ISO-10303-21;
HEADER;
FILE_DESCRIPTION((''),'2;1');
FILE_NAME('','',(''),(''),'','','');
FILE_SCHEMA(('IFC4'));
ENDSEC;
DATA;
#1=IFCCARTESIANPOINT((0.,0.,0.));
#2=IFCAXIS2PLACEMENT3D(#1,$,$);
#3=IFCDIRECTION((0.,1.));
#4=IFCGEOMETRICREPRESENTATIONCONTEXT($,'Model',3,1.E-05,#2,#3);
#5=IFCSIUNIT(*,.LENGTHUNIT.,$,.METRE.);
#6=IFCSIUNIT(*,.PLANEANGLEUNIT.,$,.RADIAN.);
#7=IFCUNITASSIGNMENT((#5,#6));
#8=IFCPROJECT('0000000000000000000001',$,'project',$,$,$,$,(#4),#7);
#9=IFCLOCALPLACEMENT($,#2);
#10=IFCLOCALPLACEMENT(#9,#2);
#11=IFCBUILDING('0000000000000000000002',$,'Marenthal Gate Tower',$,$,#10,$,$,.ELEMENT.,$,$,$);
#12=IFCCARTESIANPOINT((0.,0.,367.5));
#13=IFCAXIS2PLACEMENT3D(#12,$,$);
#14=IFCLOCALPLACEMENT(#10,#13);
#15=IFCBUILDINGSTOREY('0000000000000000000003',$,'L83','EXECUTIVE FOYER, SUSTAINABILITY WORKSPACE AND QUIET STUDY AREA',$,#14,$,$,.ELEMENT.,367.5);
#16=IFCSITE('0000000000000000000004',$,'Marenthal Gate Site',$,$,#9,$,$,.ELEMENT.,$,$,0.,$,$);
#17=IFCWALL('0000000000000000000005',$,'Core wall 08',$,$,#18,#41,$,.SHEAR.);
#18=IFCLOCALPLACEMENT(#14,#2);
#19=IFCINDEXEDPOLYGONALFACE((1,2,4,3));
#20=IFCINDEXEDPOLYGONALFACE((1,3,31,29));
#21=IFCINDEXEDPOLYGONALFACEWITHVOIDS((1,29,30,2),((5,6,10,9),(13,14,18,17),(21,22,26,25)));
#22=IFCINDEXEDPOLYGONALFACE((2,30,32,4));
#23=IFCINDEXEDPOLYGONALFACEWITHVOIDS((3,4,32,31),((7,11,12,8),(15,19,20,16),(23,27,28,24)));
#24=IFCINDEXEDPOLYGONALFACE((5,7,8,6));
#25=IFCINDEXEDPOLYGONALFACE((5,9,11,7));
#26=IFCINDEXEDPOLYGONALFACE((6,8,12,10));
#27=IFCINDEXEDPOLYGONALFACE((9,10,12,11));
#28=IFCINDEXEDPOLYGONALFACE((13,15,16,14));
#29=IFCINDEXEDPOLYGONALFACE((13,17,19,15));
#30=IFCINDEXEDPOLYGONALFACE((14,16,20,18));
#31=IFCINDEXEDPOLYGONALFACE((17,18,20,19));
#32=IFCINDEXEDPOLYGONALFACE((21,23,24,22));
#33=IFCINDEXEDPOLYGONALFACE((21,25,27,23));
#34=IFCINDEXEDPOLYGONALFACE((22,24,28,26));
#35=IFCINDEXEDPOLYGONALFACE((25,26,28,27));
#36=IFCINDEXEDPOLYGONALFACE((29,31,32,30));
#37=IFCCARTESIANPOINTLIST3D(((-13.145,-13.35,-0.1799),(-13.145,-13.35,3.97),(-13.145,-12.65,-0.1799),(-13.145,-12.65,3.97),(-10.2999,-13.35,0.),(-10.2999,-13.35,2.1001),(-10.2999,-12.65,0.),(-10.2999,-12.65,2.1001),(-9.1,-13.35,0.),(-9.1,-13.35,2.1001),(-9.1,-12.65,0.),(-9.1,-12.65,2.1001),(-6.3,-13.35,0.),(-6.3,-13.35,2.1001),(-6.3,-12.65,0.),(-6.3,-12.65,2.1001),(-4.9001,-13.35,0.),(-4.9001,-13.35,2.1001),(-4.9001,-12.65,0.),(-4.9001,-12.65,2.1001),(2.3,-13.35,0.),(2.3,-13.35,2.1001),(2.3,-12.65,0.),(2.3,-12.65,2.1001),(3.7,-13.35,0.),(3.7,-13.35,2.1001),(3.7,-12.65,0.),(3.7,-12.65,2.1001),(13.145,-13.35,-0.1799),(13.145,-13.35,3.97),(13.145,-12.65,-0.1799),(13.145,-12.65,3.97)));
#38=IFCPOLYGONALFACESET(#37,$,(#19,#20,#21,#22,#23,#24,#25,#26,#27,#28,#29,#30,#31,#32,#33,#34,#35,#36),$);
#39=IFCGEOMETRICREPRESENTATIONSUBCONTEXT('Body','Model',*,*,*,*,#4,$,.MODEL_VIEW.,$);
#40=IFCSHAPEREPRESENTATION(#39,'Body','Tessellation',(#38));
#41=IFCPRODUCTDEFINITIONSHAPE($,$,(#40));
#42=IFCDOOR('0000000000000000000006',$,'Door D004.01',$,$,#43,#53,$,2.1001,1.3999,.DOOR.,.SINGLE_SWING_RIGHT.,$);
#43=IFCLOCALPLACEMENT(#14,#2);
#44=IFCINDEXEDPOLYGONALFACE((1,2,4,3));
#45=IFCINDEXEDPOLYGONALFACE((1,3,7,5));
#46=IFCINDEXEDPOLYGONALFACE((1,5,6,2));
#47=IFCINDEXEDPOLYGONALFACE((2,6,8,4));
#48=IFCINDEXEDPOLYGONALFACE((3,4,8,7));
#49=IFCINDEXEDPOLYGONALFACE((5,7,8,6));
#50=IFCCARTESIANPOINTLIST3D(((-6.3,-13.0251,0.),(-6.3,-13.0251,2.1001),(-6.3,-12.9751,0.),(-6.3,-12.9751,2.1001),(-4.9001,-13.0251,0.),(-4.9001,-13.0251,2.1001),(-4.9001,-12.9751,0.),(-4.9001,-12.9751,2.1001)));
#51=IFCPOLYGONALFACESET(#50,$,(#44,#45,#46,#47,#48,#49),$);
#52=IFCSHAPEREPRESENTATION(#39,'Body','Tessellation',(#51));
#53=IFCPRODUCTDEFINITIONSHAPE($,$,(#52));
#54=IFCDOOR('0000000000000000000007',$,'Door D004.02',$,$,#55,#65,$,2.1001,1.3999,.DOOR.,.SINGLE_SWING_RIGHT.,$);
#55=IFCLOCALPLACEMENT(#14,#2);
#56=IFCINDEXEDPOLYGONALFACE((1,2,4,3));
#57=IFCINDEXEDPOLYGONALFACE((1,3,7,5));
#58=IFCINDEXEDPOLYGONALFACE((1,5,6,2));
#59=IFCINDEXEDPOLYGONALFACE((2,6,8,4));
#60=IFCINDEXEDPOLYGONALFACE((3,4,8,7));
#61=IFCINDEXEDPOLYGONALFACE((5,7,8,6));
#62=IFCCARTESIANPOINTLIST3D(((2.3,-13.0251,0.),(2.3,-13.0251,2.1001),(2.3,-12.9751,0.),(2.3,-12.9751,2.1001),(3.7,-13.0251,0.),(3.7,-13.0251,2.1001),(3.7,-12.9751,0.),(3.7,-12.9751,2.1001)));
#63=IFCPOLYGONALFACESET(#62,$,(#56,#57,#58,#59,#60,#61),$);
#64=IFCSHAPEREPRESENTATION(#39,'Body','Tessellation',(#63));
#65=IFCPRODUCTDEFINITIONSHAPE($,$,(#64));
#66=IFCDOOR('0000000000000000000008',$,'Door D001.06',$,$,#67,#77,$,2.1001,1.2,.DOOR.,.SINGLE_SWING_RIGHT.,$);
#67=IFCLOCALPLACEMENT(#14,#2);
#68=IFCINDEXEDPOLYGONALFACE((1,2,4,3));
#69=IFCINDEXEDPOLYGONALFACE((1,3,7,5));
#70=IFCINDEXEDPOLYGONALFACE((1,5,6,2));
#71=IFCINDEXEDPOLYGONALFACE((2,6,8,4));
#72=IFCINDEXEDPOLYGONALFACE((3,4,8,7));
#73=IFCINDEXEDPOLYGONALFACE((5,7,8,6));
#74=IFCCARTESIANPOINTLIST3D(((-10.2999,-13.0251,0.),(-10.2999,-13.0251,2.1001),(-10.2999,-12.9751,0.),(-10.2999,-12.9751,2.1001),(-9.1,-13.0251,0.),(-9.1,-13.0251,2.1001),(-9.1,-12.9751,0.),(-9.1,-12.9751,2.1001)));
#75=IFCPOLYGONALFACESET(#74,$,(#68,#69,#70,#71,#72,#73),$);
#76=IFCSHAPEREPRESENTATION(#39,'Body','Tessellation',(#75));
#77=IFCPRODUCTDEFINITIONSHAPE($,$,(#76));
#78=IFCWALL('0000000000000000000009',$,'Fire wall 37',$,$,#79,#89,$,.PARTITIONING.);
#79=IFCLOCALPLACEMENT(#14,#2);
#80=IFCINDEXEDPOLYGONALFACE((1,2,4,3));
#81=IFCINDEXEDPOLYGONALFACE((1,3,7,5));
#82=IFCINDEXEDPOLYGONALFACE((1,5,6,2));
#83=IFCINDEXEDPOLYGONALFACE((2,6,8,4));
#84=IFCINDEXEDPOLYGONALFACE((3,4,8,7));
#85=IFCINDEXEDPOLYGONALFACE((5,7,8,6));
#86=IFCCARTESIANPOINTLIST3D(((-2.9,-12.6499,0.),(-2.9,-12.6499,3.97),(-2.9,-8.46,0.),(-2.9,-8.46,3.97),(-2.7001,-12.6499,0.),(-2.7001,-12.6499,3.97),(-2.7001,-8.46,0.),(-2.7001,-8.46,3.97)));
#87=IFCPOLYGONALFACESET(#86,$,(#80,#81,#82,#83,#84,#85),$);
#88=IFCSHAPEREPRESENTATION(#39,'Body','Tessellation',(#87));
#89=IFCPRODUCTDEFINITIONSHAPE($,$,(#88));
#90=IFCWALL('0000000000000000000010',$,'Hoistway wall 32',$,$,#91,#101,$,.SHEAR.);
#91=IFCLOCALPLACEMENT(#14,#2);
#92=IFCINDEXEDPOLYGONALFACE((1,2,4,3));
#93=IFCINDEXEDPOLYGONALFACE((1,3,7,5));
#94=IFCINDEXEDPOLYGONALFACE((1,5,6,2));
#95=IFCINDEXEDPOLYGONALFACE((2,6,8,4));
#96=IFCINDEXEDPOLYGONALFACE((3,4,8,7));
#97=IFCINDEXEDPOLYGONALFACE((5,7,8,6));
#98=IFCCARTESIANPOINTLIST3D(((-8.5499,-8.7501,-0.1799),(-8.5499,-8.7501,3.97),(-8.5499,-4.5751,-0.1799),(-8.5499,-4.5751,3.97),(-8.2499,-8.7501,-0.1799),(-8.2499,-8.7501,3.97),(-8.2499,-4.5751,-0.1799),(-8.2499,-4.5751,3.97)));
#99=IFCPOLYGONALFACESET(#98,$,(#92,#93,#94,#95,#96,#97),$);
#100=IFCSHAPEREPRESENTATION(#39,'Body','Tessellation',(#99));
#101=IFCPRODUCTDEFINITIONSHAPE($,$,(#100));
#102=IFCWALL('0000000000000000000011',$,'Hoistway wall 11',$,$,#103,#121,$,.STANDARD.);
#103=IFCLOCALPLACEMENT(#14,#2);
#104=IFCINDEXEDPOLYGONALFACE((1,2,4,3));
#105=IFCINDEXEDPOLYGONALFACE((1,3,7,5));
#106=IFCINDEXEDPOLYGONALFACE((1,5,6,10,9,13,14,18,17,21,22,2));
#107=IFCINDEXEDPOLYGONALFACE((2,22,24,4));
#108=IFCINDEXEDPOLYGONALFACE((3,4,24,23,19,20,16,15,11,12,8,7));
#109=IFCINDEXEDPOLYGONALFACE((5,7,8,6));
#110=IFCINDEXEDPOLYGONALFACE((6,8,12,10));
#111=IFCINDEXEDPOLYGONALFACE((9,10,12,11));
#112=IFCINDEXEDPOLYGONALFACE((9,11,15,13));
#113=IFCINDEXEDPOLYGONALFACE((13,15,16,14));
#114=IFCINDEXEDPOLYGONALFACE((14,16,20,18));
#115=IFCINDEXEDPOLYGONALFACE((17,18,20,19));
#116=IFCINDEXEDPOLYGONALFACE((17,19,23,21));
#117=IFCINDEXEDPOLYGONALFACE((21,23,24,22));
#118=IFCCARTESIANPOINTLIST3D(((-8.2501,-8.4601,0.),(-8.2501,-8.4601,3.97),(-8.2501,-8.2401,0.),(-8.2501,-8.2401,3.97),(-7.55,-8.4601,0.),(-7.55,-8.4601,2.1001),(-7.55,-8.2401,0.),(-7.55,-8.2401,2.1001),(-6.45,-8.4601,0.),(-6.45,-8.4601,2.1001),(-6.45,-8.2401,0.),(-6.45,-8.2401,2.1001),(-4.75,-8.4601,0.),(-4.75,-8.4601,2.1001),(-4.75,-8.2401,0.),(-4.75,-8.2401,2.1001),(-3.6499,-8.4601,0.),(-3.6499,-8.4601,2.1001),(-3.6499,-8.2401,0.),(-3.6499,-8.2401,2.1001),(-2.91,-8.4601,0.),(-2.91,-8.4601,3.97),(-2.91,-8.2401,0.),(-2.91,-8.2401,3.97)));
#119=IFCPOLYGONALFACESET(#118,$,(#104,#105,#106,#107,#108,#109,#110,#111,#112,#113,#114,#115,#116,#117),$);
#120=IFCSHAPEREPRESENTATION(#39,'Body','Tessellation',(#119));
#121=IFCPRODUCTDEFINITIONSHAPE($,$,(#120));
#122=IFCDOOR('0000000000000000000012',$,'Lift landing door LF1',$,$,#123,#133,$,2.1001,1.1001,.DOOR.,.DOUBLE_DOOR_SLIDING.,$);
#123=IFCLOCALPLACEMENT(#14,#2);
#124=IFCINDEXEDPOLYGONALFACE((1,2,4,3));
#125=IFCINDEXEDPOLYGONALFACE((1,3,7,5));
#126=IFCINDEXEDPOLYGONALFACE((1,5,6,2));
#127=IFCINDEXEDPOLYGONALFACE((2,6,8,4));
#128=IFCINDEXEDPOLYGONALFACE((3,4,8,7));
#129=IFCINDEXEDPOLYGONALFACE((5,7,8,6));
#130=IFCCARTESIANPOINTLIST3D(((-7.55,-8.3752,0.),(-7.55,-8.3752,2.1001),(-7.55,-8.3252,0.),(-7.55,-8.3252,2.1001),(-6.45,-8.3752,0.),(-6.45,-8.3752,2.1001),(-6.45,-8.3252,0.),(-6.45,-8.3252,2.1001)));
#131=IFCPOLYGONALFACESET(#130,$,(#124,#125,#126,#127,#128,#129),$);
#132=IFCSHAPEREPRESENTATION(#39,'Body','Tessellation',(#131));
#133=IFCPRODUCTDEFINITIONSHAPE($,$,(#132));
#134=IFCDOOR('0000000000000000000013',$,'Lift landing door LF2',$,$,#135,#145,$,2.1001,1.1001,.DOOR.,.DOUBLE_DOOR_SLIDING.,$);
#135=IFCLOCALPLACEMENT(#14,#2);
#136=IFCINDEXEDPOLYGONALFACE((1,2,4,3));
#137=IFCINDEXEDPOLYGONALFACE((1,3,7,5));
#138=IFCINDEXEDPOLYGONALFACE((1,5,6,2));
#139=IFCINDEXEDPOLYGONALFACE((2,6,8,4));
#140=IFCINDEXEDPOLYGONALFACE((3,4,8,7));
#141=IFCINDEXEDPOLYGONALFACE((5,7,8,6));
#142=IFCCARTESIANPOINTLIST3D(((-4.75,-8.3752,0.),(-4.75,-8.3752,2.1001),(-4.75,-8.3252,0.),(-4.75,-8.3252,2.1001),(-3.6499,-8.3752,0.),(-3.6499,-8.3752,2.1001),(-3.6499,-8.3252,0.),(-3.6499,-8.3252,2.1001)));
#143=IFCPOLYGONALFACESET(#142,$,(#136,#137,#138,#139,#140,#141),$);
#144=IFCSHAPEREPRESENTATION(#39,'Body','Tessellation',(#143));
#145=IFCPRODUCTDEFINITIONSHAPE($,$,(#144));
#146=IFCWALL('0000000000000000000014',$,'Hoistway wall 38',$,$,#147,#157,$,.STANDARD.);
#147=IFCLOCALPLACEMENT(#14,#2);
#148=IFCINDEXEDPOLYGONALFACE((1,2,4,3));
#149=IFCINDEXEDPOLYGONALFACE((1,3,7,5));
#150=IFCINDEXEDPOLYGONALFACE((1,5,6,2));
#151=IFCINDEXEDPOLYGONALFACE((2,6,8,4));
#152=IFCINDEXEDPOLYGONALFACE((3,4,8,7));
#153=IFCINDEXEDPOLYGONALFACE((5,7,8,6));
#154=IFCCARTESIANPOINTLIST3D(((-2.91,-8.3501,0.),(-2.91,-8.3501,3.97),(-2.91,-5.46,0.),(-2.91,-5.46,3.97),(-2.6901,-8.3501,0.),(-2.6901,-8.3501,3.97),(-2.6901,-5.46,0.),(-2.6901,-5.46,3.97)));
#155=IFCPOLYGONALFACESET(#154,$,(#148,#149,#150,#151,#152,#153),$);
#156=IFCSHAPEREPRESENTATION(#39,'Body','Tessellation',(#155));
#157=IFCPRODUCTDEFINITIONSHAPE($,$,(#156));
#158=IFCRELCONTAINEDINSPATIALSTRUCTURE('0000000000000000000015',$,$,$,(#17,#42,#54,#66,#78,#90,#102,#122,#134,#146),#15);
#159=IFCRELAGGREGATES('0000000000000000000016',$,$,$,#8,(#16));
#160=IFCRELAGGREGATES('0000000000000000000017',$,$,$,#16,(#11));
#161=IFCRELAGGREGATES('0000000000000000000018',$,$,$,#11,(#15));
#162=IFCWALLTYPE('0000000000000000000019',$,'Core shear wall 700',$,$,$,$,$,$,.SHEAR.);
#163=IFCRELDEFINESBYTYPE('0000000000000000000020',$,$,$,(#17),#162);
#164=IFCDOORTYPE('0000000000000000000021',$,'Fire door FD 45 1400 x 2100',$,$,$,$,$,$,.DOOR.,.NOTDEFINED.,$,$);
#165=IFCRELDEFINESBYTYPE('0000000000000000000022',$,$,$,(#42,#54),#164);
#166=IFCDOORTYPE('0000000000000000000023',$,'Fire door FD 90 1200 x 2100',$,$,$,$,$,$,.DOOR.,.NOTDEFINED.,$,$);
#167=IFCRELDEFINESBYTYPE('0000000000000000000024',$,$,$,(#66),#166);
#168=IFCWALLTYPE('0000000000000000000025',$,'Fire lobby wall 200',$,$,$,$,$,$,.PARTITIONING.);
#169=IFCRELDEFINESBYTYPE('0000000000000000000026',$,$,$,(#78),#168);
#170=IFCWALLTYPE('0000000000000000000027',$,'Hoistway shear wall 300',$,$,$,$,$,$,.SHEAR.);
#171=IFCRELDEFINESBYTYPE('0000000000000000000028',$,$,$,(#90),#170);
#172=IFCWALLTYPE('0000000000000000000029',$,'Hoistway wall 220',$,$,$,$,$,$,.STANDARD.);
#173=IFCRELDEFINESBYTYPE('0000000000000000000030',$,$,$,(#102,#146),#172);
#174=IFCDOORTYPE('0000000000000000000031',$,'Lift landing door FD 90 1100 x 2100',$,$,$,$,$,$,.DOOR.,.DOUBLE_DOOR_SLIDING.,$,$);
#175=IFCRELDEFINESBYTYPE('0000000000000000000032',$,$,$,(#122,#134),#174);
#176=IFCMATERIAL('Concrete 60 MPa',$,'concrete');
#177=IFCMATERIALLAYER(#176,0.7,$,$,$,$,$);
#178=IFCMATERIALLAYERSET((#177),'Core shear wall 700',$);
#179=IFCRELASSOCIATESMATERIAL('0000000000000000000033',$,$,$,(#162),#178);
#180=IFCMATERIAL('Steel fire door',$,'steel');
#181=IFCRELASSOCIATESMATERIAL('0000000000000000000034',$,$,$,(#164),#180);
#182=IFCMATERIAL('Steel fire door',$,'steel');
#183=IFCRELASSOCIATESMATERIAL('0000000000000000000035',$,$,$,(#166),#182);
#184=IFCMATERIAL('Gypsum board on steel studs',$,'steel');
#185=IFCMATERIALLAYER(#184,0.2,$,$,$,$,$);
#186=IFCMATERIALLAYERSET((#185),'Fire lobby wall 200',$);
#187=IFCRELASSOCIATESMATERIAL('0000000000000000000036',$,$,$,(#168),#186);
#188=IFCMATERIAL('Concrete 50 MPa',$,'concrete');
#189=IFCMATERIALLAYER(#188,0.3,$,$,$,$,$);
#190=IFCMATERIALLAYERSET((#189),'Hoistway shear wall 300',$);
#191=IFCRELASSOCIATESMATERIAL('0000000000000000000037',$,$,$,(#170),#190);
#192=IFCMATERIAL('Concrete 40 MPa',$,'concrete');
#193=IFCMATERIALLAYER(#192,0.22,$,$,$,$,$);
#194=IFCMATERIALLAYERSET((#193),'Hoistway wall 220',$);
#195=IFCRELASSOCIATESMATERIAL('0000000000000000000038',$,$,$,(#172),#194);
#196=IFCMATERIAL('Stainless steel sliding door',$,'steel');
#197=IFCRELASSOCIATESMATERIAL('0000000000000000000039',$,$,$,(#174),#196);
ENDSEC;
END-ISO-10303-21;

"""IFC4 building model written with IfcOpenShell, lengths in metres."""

from ifc_helpers import new_model, si_unit, direction, frame, frame_2d, origin, place, context, subcontext, project, spatial, rectangle, extrude, material, layer, layer_set, type_object, element, fill, save


model = new_model("IFC4")

# Units and contexts
model_context = context("Model", 3, precision=1e-05, world=origin(), true_north=direction((0.0, 1.0)))
body_context = subcontext(model_context, "Body", "Model", "MODEL_VIEW")
ifc_project = project(units=[si_unit("LENGTHUNIT", "METRE"), si_unit("PLANEANGLEUNIT", "RADIAN")], contexts=[model_context])

# Site, building, storey
site_placement = place(None, origin())
site = spatial("IfcSite", under=ifc_project, at=site_placement, Name="Marenthal Gate Site", CompositionType="ELEMENT", RefElevation=0.0)
building_placement = place(site_placement, origin())
building = spatial("IfcBuilding", under=site, at=building_placement, Name="Marenthal Gate Tower", CompositionType="ELEMENT")
storey_placement = place(building_placement, frame((0.0, 0.0, 367.5)))
storey = spatial("IfcBuildingStorey", under=building, at=storey_placement, Name="L83", Description="EXECUTIVE FOYER, SUSTAINABILITY WORKSPACE AND QUIET STUDY AREA", CompositionType="ELEMENT", Elevation=367.5)

# Wall, openings, doors
ifc_material_1 = material(Name="Concrete 60 MPa", Category="concrete")
ifc_layer_1 = layer(ifc_material_1, 0.7)
ifc_layer_set_1 = layer_set([ifc_layer_1], Name="Core shear wall 700")
wall_type_1 = type_object("IfcWallType", Name="Core shear wall 700", PredefinedType="SHEAR", material=ifc_layer_set_1)
wall_1_placement = place(storey_placement, frame((-13.145, -13.0, -0.1799), z_axis=(0.0, 0.0, 1.0), x_axis=(1.0, 0.0, 0.0)))
wall_1 = element("IfcWall", 1, at=wall_1_placement, inside=storey, type_object=wall_type_1, Name="Core wall 08", PredefinedType="SHEAR", context=body_context, shape_type="SweptSolid", body=[
    extrude(rectangle(XDim=26.29, YDim=0.7, at=frame_2d((13.145, 0.0))), origin(), (0.0, 0.0, 1.0), 4.1499),
])
opening_1_placement = place(wall_1_placement, frame((2.845, 0.0, 0.1799)))
opening_1 = element("IfcOpeningElement", 2, at=opening_1_placement, cuts=wall_1, PredefinedType="OPENING", context=body_context, shape_type="SweptSolid", body=[
    extrude(rectangle(XDim=1.2, YDim=2.1001, at=frame_2d((0.6001, 1.05))), frame((0.0, 0.3599, 0.0), z_axis=(0.0, -1.0, 0.0), x_axis=(1.0, 0.0, 0.0)), (0.0, 0.0, 1.0), 0.72),
])
opening_2_placement = place(wall_1_placement, frame((6.845, 0.0, 0.1799)))
opening_2 = element("IfcOpeningElement", 3, at=opening_2_placement, cuts=wall_1, PredefinedType="OPENING", context=body_context, shape_type="SweptSolid", body=[
    extrude(rectangle(XDim=1.3999, YDim=2.1001, at=frame_2d((0.7, 1.05))), frame((0.0, 0.3599, 0.0), z_axis=(0.0, -1.0, 0.0), x_axis=(1.0, 0.0, 0.0)), (0.0, 0.0, 1.0), 0.72),
])
opening_3_placement = place(wall_1_placement, frame((15.4451, 0.0, 0.1799)))
opening_3 = element("IfcOpeningElement", 4, at=opening_3_placement, cuts=wall_1, PredefinedType="OPENING", context=body_context, shape_type="SweptSolid", body=[
    extrude(rectangle(XDim=1.3999, YDim=2.1001, at=frame_2d((0.7, 1.05))), frame((0.0, 0.3599, 0.0), z_axis=(0.0, -1.0, 0.0), x_axis=(1.0, 0.0, 0.0)), (0.0, 0.0, 1.0), 0.72),
])
ifc_material_2 = material(Name="Steel fire door", Category="steel")
door_type_1 = type_object("IfcDoorType", Name="Fire door FD 45 1400 x 2100", OperationType="NOTDEFINED", PredefinedType="DOOR", material=ifc_material_2)
door_1_placement = place(opening_2_placement, origin())
door_1 = element("IfcDoor", 5, at=door_1_placement, inside=storey, type_object=door_type_1, Name="Door D004.01", OperationType="SINGLE_SWING_RIGHT", OverallHeight=2.1001, OverallWidth=1.3999, PredefinedType="DOOR", context=body_context, shape_type="SweptSolid", body=[
    extrude(rectangle(XDim=1.3999, YDim=2.1001, at=frame_2d((0.7, 1.05))), frame((0.0, 0.0249, 0.0), z_axis=(0.0, -1.0, 0.0), x_axis=(1.0, 0.0, 0.0)), (0.0, 0.0, 1.0), 0.05),
])
fill(opening_2, door_1)
door_2_placement = place(opening_3_placement, origin())
door_2 = element("IfcDoor", 6, at=door_2_placement, inside=storey, type_object=door_type_1, Name="Door D004.02", OperationType="SINGLE_SWING_RIGHT", OverallHeight=2.1001, OverallWidth=1.3999, PredefinedType="DOOR", context=body_context, shape_type="SweptSolid", body=[
    extrude(rectangle(XDim=1.3999, YDim=2.1001, at=frame_2d((0.7, 1.05))), frame((0.0, 0.0249, 0.0), z_axis=(0.0, -1.0, 0.0), x_axis=(1.0, 0.0, 0.0)), (0.0, 0.0, 1.0), 0.05),
])
fill(opening_3, door_2)
ifc_material_3 = material(Name="Steel fire door", Category="steel")
door_type_2 = type_object("IfcDoorType", Name="Fire door FD 90 1200 x 2100", OperationType="NOTDEFINED", PredefinedType="DOOR", material=ifc_material_3)
door_3_placement = place(opening_1_placement, origin())
door_3 = element("IfcDoor", 7, at=door_3_placement, inside=storey, type_object=door_type_2, Name="Door D001.06", OperationType="SINGLE_SWING_RIGHT", OverallHeight=2.1001, OverallWidth=1.2, PredefinedType="DOOR", context=body_context, shape_type="SweptSolid", body=[
    extrude(rectangle(XDim=1.2, YDim=2.1001, at=frame_2d((0.6001, 1.05))), frame((0.0, 0.0249, 0.0), z_axis=(0.0, -1.0, 0.0), x_axis=(1.0, 0.0, 0.0)), (0.0, 0.0, 1.0), 0.05),
])
fill(opening_1, door_3)

# Walls
ifc_material_4 = material(Name="Gypsum board on steel studs", Category="steel")
ifc_layer_2 = layer(ifc_material_4, 0.2)
ifc_layer_set_2 = layer_set([ifc_layer_2], Name="Fire lobby wall 200")
wall_type_2 = type_object("IfcWallType", Name="Fire lobby wall 200", PredefinedType="PARTITIONING", material=ifc_layer_set_2)
wall_2_placement = place(storey_placement, frame((-2.8, -12.6499, 0.0), z_axis=(0.0, 0.0, 1.0), x_axis=(0.0, 1.0, 0.0)))
element("IfcWall", 8, at=wall_2_placement, inside=storey, type_object=wall_type_2, Name="Fire wall 37", PredefinedType="PARTITIONING", context=body_context, shape_type="SweptSolid", body=[
    extrude(rectangle(XDim=4.1899, YDim=0.2, at=frame_2d((2.095, 0.0))), origin(), (0.0, 0.0, 1.0), 3.97),
])
ifc_material_5 = material(Name="Concrete 50 MPa", Category="concrete")
ifc_layer_3 = layer(ifc_material_5, 0.3)
ifc_layer_set_3 = layer_set([ifc_layer_3], Name="Hoistway shear wall 300")
wall_type_3 = type_object("IfcWallType", Name="Hoistway shear wall 300", PredefinedType="SHEAR", material=ifc_layer_set_3)
wall_3_placement = place(storey_placement, frame((-8.3999, -8.75, -0.1799), z_axis=(0.0, 0.0, 1.0), x_axis=(0.0, 1.0, 0.0)))
element("IfcWall", 9, at=wall_3_placement, inside=storey, type_object=wall_type_3, Name="Hoistway wall 32", PredefinedType="SHEAR", context=body_context, shape_type="SweptSolid", body=[
    extrude(rectangle(XDim=4.175, YDim=0.3, at=frame_2d((2.0874, 0.0))), origin(), (0.0, 0.0, 1.0), 4.1499),
])

# Wall, openings, doors
ifc_material_6 = material(Name="Concrete 40 MPa", Category="concrete")
ifc_layer_4 = layer(ifc_material_6, 0.22)
ifc_layer_set_4 = layer_set([ifc_layer_4], Name="Hoistway wall 220")
wall_type_4 = type_object("IfcWallType", Name="Hoistway wall 220", PredefinedType="STANDARD", material=ifc_layer_set_4)
wall_4_placement = place(storey_placement, frame((-8.25, -8.3501, 0.0), z_axis=(0.0, 0.0, 1.0), x_axis=(1.0, 0.0, 0.0)))
wall_4 = element("IfcWall", 10, at=wall_4_placement, inside=storey, type_object=wall_type_4, Name="Hoistway wall 11", PredefinedType="STANDARD", context=body_context, shape_type="SweptSolid", body=[
    extrude(rectangle(XDim=5.3401, YDim=0.22, at=frame_2d((2.6699, 0.0))), origin(), (0.0, 0.0, 1.0), 3.97),
])
opening_4_placement = place(wall_4_placement, frame((0.7, 0.0, 0.0)))
opening_4 = element("IfcOpeningElement", 11, at=opening_4_placement, cuts=wall_4, PredefinedType="OPENING", context=body_context, shape_type="SweptSolid", body=[
    extrude(rectangle(XDim=1.1001, YDim=2.1001, at=frame_2d((0.55, 1.05))), frame((0.0, 0.1201, 0.0), z_axis=(0.0, -1.0, 0.0), x_axis=(1.0, 0.0, 0.0)), (0.0, 0.0, 1.0), 0.24),
])
opening_5_placement = place(wall_4_placement, frame((3.5, 0.0, 0.0)))
opening_5 = element("IfcOpeningElement", 12, at=opening_5_placement, cuts=wall_4, PredefinedType="OPENING", context=body_context, shape_type="SweptSolid", body=[
    extrude(rectangle(XDim=1.1001, YDim=2.1001, at=frame_2d((0.55, 1.05))), frame((0.0, 0.1201, 0.0), z_axis=(0.0, -1.0, 0.0), x_axis=(1.0, 0.0, 0.0)), (0.0, 0.0, 1.0), 0.24),
])
ifc_material_7 = material(Name="Stainless steel sliding door", Category="steel")
door_type_3 = type_object("IfcDoorType", Name="Lift landing door FD 90 1100 x 2100", OperationType="DOUBLE_DOOR_SLIDING", PredefinedType="DOOR", material=ifc_material_7)
door_4_placement = place(opening_4_placement, origin())
door_4 = element("IfcDoor", 13, at=door_4_placement, inside=storey, type_object=door_type_3, Name="Lift landing door LF1", OperationType="DOUBLE_DOOR_SLIDING", OverallHeight=2.1001, OverallWidth=1.1001, PredefinedType="DOOR", context=body_context, shape_type="SweptSolid", body=[
    extrude(rectangle(XDim=1.1001, YDim=2.1001, at=frame_2d((0.55, 1.05))), frame((0.0, 0.0249, 0.0), z_axis=(0.0, -1.0, 0.0), x_axis=(1.0, 0.0, 0.0)), (0.0, 0.0, 1.0), 0.05),
])
fill(opening_4, door_4)
door_5_placement = place(opening_5_placement, origin())
door_5 = element("IfcDoor", 14, at=door_5_placement, inside=storey, type_object=door_type_3, Name="Lift landing door LF2", OperationType="DOUBLE_DOOR_SLIDING", OverallHeight=2.1001, OverallWidth=1.1001, PredefinedType="DOOR", context=body_context, shape_type="SweptSolid", body=[
    extrude(rectangle(XDim=1.1001, YDim=2.1001, at=frame_2d((0.55, 1.05))), frame((0.0, 0.0249, 0.0), z_axis=(0.0, -1.0, 0.0), x_axis=(1.0, 0.0, 0.0)), (0.0, 0.0, 1.0), 0.05),
])
fill(opening_5, door_5)

# Wall
wall_5_placement = place(storey_placement, frame((-2.8, -8.3501, 0.0), z_axis=(0.0, 0.0, 1.0), x_axis=(0.0, 1.0, 0.0)))
element("IfcWall", 15, at=wall_5_placement, inside=storey, type_object=wall_type_4, Name="Hoistway wall 38", PredefinedType="STANDARD", context=body_context, shape_type="SweptSolid", body=[
    extrude(rectangle(XDim=2.8901, YDim=0.22, at=frame_2d((1.4451, 0.0))), origin(), (0.0, 0.0, 1.0), 3.97),
])

save(model, "model.ifc")
